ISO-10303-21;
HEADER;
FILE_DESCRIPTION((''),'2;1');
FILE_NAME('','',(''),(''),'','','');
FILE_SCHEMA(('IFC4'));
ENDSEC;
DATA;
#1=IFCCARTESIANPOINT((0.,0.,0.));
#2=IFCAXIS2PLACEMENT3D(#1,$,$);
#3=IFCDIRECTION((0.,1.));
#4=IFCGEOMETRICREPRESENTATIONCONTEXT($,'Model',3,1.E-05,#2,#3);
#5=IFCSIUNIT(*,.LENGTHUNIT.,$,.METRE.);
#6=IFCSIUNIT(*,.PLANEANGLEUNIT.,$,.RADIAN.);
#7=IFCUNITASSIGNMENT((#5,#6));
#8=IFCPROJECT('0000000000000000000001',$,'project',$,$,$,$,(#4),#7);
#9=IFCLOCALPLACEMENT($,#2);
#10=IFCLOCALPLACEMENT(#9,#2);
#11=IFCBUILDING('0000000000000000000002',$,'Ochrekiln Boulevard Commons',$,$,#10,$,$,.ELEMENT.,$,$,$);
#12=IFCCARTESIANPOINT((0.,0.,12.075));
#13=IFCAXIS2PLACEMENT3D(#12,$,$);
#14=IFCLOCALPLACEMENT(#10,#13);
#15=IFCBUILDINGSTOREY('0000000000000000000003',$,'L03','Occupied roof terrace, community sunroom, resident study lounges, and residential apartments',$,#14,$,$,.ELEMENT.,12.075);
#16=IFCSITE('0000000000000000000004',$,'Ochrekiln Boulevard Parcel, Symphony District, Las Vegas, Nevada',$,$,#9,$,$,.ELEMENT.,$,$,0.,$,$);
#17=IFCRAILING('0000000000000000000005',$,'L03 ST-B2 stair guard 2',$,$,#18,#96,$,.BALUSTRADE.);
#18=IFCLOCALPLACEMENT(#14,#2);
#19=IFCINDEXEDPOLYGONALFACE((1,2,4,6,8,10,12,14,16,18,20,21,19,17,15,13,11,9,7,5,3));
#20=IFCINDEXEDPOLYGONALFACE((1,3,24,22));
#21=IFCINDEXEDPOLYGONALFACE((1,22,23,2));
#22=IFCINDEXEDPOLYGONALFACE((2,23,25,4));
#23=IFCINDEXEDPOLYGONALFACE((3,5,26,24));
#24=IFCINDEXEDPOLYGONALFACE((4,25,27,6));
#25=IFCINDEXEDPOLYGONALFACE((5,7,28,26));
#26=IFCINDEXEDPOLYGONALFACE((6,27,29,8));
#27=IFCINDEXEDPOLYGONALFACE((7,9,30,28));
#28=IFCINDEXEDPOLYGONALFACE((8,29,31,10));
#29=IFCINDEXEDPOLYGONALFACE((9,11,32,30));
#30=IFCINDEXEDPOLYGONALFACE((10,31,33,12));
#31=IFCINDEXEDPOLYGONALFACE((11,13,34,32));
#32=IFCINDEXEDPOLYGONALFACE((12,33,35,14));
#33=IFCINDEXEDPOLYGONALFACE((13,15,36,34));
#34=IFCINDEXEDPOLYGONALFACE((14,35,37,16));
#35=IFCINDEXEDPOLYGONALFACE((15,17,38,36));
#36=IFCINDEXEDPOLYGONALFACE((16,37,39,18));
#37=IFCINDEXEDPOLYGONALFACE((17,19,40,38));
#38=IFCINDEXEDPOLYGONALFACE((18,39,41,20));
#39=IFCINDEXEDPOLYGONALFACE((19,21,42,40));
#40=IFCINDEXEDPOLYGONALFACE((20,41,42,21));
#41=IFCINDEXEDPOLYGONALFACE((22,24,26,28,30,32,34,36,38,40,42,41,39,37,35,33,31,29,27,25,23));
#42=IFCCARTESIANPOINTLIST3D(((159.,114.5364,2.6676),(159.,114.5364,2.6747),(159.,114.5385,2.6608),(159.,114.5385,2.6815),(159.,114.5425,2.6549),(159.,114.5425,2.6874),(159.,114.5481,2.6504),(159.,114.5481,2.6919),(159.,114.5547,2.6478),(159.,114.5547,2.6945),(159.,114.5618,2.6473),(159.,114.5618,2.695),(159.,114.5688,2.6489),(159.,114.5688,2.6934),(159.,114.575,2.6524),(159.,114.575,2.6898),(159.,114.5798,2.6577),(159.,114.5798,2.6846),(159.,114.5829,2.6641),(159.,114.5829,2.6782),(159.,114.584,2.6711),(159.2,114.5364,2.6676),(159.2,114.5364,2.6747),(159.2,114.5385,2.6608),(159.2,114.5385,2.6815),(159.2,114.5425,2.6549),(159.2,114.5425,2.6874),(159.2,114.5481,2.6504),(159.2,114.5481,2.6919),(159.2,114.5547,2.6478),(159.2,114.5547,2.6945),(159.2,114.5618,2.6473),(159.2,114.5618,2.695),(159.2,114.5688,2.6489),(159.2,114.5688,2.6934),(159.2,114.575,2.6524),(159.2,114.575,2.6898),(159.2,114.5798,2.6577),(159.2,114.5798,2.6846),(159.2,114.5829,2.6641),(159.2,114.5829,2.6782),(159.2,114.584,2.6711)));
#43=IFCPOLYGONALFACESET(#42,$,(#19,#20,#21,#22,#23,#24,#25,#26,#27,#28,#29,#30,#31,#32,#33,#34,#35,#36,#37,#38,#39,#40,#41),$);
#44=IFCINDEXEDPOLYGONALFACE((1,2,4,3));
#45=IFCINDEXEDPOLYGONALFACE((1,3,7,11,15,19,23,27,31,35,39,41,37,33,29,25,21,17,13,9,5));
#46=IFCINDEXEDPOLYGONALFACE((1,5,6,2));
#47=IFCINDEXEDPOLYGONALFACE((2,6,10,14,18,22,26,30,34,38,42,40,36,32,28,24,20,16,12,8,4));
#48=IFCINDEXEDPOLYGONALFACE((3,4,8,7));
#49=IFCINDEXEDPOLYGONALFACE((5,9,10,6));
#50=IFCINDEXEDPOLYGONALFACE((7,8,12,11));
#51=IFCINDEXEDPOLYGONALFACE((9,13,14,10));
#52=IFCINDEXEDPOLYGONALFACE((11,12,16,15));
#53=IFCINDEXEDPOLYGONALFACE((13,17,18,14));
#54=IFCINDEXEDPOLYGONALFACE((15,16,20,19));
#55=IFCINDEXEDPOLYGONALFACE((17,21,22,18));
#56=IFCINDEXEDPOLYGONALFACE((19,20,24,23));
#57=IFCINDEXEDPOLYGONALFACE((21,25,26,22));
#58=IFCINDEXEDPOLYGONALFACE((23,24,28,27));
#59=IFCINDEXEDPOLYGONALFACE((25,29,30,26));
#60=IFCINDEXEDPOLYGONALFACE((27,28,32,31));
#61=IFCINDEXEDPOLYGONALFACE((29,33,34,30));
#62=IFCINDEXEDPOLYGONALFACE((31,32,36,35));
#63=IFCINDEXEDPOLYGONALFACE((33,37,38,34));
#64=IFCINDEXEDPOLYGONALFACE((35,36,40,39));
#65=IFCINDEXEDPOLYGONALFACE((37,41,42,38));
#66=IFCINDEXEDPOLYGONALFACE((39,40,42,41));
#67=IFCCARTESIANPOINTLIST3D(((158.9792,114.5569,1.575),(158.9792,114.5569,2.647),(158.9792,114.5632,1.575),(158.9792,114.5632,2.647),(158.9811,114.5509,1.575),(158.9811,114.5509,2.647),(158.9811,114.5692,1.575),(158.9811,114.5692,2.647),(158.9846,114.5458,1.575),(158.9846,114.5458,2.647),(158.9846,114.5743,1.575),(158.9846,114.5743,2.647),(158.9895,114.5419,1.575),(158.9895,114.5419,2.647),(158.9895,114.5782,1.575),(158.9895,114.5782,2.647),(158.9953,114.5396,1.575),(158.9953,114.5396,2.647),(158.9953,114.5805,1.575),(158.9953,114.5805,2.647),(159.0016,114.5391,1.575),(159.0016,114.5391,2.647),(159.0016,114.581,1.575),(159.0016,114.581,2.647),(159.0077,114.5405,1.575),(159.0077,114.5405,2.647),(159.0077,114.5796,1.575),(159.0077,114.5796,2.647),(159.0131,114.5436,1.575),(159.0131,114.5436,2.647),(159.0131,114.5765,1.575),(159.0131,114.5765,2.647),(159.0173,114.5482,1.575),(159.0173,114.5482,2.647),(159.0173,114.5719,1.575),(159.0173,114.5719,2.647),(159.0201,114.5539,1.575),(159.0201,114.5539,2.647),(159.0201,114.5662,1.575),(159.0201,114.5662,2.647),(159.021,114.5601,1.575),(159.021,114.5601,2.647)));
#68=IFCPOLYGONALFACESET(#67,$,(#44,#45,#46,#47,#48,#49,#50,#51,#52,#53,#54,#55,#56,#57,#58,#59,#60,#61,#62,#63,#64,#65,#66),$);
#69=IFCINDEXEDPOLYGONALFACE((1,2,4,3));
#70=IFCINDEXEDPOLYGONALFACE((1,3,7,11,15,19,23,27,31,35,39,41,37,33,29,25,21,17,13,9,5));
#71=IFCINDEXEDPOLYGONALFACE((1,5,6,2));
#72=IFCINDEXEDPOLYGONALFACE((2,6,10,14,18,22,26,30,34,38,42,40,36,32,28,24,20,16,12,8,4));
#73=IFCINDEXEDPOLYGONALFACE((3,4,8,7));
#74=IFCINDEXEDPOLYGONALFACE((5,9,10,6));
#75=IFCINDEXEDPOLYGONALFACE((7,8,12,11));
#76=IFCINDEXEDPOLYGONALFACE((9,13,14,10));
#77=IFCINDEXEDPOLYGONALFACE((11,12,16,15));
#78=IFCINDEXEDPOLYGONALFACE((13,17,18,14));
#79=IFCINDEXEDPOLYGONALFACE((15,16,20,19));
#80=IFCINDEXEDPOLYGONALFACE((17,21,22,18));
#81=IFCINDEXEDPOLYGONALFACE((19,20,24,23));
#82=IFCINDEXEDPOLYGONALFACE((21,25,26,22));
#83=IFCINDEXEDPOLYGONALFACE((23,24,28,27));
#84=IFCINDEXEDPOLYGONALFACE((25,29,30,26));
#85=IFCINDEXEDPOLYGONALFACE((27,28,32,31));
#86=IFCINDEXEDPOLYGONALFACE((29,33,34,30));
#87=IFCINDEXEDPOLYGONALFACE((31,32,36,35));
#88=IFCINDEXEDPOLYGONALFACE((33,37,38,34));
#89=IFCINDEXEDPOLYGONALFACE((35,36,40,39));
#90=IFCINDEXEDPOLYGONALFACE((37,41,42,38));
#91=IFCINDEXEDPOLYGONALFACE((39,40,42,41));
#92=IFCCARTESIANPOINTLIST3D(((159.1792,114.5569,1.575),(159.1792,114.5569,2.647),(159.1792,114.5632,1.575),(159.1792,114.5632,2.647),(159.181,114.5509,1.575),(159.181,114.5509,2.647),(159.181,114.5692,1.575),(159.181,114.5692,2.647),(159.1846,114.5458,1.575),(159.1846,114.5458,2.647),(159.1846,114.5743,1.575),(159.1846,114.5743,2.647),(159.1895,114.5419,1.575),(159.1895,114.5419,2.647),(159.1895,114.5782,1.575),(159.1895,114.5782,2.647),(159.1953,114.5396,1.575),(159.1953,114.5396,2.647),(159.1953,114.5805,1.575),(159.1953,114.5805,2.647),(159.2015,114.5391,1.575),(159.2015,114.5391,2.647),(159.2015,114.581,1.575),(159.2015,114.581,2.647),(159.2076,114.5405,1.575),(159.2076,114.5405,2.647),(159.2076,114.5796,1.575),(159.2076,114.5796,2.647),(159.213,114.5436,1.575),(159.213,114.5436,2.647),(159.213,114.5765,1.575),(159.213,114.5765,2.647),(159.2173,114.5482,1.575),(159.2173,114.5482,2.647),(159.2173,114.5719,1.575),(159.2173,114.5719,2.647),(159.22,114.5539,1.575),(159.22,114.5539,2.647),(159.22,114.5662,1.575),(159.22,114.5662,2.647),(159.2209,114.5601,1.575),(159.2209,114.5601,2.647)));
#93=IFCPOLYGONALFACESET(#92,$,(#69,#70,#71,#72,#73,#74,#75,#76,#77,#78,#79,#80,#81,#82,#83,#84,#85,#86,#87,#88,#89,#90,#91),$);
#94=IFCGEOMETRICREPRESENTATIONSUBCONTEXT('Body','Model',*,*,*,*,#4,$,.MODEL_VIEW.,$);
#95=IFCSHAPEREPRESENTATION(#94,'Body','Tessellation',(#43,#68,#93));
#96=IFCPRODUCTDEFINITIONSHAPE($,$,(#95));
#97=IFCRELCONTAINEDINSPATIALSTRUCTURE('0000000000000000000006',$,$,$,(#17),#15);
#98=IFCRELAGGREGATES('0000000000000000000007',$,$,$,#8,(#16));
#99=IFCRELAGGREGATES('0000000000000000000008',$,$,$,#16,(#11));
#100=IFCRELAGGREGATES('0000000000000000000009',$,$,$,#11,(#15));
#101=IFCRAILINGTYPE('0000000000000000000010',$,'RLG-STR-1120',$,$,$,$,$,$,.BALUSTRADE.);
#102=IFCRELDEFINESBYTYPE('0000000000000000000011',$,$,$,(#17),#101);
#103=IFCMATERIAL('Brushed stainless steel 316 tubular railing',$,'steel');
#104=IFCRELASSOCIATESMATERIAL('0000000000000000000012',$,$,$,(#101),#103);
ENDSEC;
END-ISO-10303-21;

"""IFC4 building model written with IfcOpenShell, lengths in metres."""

from ifc_helpers import new_model, si_unit, direction, frame, origin, origin_2d, place, context, subcontext, project, spatial, circle, extrude, material, type_object, element, save


model = new_model("IFC4")

# Units and contexts
model_context = context("Model", 3, precision=1e-05, world=origin(), true_north=direction((0.0, 1.0)))
body_context = subcontext(model_context, "Body", "Model", "MODEL_VIEW")
ifc_project = project(units=[si_unit("LENGTHUNIT", "METRE"), si_unit("PLANEANGLEUNIT", "RADIAN")], contexts=[model_context])

# Site, building, storey
site_placement = place(None, origin())
site = spatial("IfcSite", under=ifc_project, at=site_placement, Name="Ochrekiln Boulevard Parcel, Symphony District, Las Vegas, Nevada", CompositionType="ELEMENT", RefElevation=0.0)
building_placement = place(site_placement, origin())
building = spatial("IfcBuilding", under=site, at=building_placement, Name="Ochrekiln Boulevard Commons", CompositionType="ELEMENT")
storey_placement = place(building_placement, frame((0.0, 0.0, 12.075)))
storey = spatial("IfcBuildingStorey", under=building, at=storey_placement, Name="L03", Description="Occupied roof terrace, community sunroom, resident study lounges, and residential apartments", CompositionType="ELEMENT", Elevation=12.075)

# Railing
ifc_material_1 = material(Name="Brushed stainless steel 316 tubular railing", Category="steel")
railing_type_1 = type_object("IfcRailingType", Name="RLG-STR-1120", PredefinedType="BALUSTRADE", material=ifc_material_1)
railing_1_placement = place(storey_placement, frame((159.0, 114.5601, 1.575)))
element("IfcRailing", 1, at=railing_1_placement, inside=storey, type_object=railing_type_1, Name="L03 ST-B2 stair guard 2", PredefinedType="BALUSTRADE", context=body_context, shape_type="SweptSolid", body=[
    extrude(circle(Radius=0.0239, at=origin_2d()), frame((0.0, 0.0, 1.0962), z_axis=(1.0, 0.0, 0.0), x_axis=(0.0, 1.0, 0.0)), (0.0, 0.0, 1.0), 0.2),
    extrude(circle(Radius=0.021, at=origin_2d()), origin(), (0.0, 0.0, 1.0), 1.072),
    extrude(circle(Radius=0.021, at=origin_2d()), frame((0.2, 0.0, 0.0)), (0.0, 0.0, 1.0), 1.072),
])

save(model, "model.ifc")
